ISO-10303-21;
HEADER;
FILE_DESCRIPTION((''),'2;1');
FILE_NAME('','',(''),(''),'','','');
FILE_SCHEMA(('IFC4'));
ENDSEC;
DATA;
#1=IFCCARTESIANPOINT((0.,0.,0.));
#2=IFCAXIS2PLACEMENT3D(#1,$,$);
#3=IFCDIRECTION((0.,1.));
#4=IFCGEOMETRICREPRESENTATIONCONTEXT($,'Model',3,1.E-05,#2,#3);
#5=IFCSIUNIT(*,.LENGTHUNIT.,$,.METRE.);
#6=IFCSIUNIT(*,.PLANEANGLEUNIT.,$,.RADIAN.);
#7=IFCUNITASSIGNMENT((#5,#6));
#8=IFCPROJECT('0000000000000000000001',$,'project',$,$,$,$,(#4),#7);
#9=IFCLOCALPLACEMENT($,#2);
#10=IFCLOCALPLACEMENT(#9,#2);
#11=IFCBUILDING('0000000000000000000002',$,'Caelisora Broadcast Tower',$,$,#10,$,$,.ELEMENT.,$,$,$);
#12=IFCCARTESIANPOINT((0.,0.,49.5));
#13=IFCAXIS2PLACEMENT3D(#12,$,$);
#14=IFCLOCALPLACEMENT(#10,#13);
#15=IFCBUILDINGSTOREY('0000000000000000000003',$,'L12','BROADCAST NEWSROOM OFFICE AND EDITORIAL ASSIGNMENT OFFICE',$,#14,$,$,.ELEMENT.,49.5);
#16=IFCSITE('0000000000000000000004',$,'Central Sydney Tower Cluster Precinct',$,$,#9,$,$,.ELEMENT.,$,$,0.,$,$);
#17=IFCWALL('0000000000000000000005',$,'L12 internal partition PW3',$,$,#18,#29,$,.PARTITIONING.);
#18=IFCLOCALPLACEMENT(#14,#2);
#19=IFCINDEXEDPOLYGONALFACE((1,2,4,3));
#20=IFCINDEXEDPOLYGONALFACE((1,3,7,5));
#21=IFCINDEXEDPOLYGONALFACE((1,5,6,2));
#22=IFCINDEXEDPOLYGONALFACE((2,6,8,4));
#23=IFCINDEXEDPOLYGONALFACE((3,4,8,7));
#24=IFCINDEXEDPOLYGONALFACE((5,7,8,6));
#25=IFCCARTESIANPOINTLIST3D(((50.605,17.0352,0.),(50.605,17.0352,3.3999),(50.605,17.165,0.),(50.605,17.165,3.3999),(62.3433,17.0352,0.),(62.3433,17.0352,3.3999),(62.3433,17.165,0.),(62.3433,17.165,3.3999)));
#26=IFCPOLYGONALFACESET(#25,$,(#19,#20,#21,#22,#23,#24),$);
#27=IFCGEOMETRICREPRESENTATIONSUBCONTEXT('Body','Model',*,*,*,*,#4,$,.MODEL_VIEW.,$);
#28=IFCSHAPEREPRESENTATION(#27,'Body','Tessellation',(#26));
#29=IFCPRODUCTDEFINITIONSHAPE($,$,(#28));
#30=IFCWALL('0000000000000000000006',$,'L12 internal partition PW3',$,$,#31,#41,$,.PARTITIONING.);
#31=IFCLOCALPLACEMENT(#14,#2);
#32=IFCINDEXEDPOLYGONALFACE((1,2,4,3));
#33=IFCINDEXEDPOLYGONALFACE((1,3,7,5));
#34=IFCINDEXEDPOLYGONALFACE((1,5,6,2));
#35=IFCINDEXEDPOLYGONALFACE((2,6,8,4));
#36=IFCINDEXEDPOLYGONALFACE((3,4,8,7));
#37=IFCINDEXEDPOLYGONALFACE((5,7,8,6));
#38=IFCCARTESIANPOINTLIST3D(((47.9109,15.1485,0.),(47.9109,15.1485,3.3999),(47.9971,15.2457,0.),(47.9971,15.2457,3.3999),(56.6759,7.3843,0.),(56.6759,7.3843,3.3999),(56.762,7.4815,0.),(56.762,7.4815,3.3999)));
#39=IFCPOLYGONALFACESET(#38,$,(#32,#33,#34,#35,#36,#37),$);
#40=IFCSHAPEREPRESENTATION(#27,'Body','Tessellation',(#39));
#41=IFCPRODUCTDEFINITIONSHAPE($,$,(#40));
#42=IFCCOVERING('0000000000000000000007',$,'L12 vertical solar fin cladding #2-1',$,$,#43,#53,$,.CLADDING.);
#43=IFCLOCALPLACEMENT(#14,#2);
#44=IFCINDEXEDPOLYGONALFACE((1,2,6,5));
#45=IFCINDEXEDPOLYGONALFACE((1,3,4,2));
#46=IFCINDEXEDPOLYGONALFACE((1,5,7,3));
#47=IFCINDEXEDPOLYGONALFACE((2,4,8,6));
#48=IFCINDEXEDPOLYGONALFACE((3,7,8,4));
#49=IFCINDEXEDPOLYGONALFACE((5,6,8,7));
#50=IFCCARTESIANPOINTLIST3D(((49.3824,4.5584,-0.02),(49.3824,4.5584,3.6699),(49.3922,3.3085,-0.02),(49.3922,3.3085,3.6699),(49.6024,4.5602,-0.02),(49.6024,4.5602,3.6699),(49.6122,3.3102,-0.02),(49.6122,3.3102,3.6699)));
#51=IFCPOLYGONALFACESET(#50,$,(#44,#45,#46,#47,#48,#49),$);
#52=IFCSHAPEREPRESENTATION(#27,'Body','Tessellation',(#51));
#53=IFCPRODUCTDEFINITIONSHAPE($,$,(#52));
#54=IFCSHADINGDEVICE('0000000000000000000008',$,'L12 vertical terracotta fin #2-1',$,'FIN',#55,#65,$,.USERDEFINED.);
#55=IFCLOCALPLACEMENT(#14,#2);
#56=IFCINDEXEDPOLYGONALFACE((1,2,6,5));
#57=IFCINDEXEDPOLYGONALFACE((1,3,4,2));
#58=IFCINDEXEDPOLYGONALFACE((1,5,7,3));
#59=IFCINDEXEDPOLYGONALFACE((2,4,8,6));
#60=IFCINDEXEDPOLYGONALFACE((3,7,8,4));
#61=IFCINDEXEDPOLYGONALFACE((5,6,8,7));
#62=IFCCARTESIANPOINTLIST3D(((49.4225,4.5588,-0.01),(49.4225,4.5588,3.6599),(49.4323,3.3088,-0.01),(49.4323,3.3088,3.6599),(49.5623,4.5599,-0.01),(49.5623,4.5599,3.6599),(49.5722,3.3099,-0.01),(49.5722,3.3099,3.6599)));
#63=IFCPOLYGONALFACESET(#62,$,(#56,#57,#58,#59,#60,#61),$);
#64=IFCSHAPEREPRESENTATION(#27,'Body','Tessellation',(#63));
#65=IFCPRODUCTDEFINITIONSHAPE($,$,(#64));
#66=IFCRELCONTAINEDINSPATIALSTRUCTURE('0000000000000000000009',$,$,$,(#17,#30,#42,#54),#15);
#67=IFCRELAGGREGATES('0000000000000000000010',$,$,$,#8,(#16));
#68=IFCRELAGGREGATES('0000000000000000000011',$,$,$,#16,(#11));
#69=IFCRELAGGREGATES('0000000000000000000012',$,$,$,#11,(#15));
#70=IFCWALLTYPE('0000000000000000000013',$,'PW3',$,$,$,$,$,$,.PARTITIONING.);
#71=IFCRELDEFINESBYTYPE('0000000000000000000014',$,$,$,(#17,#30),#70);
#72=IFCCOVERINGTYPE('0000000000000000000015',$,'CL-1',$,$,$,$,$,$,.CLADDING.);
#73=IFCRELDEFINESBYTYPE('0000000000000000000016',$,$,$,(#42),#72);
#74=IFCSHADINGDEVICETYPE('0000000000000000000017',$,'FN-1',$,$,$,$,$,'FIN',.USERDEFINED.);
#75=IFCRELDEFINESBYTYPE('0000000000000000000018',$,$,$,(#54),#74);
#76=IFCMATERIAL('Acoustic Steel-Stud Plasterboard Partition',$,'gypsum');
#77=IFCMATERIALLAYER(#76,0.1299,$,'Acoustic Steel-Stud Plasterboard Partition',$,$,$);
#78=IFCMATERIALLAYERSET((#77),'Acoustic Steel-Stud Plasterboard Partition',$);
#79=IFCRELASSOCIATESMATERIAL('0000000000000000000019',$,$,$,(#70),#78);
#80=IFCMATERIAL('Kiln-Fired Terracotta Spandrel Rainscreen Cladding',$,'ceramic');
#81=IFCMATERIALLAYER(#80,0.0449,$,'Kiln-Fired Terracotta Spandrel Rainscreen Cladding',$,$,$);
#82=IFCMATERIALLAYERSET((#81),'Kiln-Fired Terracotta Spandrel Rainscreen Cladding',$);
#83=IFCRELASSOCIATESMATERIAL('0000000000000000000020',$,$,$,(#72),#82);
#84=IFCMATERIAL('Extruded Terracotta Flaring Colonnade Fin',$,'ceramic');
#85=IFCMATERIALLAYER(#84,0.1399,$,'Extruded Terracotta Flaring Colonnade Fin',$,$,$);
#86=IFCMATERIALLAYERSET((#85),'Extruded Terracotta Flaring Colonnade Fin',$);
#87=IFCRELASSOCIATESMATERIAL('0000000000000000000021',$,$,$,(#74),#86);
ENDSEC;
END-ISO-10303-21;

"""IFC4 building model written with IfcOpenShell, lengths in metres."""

from ifc_helpers import new_model, si_unit, direction, frame, frame_2d, origin, origin_2d, place, context, subcontext, project, spatial, rectangle, extrude, source, transform, mapped, material, layer, layer_set, type_object, type_shapes, element, save


model = new_model("IFC4")

# Units and contexts
model_context = context("Model", 3, precision=1e-05, world=origin(), true_north=direction((0.0, 1.0)))
body_context = subcontext(model_context, "Body", "Model", "MODEL_VIEW")
ifc_project = project(units=[si_unit("LENGTHUNIT", "METRE"), si_unit("PLANEANGLEUNIT", "RADIAN")], contexts=[model_context])

# Site, building, storey
site_placement = place(None, origin())
site = spatial("IfcSite", under=ifc_project, at=site_placement, Name="Central Sydney Tower Cluster Precinct", CompositionType="ELEMENT", RefElevation=0.0)
building_placement = place(site_placement, origin())
building = spatial("IfcBuilding", under=site, at=building_placement, Name="Caelisora Broadcast Tower", CompositionType="ELEMENT")
storey_placement = place(building_placement, frame((0.0, 0.0, 49.5)))
storey = spatial("IfcBuildingStorey", under=building, at=storey_placement, Name="L12", Description="BROADCAST NEWSROOM OFFICE AND EDITORIAL ASSIGNMENT OFFICE", CompositionType="ELEMENT", Elevation=49.5)

# Shared definitions
ifc_material_1 = material(Name="Acoustic Steel-Stud Plasterboard Partition", Category="gypsum")
ifc_layer_1 = layer(ifc_material_1, 0.1299, Name="Acoustic Steel-Stud Plasterboard Partition")
ifc_layer_set_1 = layer_set([ifc_layer_1], Name="Acoustic Steel-Stud Plasterboard Partition")
wall_type = type_object("IfcWallType", Name="PW3", PredefinedType="PARTITIONING", material=ifc_layer_set_1)

# Walls
wall_1_placement = place(storey_placement, frame((62.3433, 17.1001, 0.0), z_axis=(0.0, 0.0, 1.0), x_axis=(-1.0, 0.0, 0.0)))
element("IfcWall", 1, at=wall_1_placement, inside=storey, type_object=wall_type, Name="L12 internal partition PW3", PredefinedType="PARTITIONING", context=body_context, shape_type="SweptSolid", body=[
    extrude(rectangle(XDim=11.7383, YDim=0.1299, at=frame_2d((5.8691, 0.0))), origin(), (0.0, 0.0, 1.0), 3.3999),
])
wall_2_placement = place(storey_placement, frame((47.9541, 15.197, 0.0), z_axis=(0.0, 0.0, 1.0), x_axis=(0.748547, -0.663082, 0.0)))
element("IfcWall", 2, at=wall_2_placement, inside=storey, type_object=wall_type, Name="L12 internal partition PW3", PredefinedType="PARTITIONING", context=body_context, shape_type="SweptSolid", body=[
    extrude(rectangle(XDim=11.7092, YDim=0.1299, at=frame_2d((5.8545, 0.0))), origin(), (0.0, 0.0, 1.0), 3.3999),
])

# Covering
ifc_material_2 = material(Name="Kiln-Fired Terracotta Spandrel Rainscreen Cladding", Category="ceramic")
ifc_layer_2 = layer(ifc_material_2, 0.0449, Name="Kiln-Fired Terracotta Spandrel Rainscreen Cladding")
ifc_layer_set_2 = layer_set([ifc_layer_2], Name="Kiln-Fired Terracotta Spandrel Rainscreen Cladding")
covering_type = type_object("IfcCoveringType", Name="CL-1", PredefinedType="CLADDING", material=ifc_layer_set_2)
shared_shape_1 = source(origin(), body_context, "Body", "SweptSolid", [
    extrude(rectangle(XDim=0.22, YDim=1.25, at=origin_2d()), origin(), (0.0, 0.0, 1.0), 3.6899),
])
type_shapes(covering_type, [shared_shape_1])
covering_placement = place(storey_placement, frame((49.4973, 3.9343, -0.02), z_axis=(0.0, 0.0, 1.0), x_axis=(-0.999969, -0.007854, 0.0)))
element("IfcCovering", 3, at=covering_placement, inside=storey, type_object=covering_type, Name="L12 vertical solar fin cladding #2-1", PredefinedType="CLADDING", context=body_context, shape_type="MappedRepresentation", body=[
    mapped(shared_shape_1, transform((0.0, 0.0, 0.0), scale=1.0)),
])

# Shading device
ifc_material_3 = material(Name="Extruded Terracotta Flaring Colonnade Fin", Category="ceramic")
ifc_layer_3 = layer(ifc_material_3, 0.1399, Name="Extruded Terracotta Flaring Colonnade Fin")
ifc_layer_set_3 = layer_set([ifc_layer_3], Name="Extruded Terracotta Flaring Colonnade Fin")
shading_device_type = type_object("IfcShadingDeviceType", Name="FN-1", ElementType="FIN", PredefinedType="USERDEFINED", material=ifc_layer_set_3)
shared_shape_2 = source(origin(), body_context, "Body", "SweptSolid", [
    extrude(rectangle(XDim=0.1399, YDim=1.25, at=origin_2d()), origin(), (0.0, 0.0, 1.0), 3.6699),
])
type_shapes(shading_device_type, [shared_shape_2])
shading_device_placement = place(storey_placement, frame((49.4973, 3.9343, -0.01), z_axis=(0.0, 0.0, 1.0), x_axis=(-0.999969, -0.007854, 0.0)))
element("IfcShadingDevice", 4, at=shading_device_placement, inside=storey, type_object=shading_device_type, Name="L12 vertical terracotta fin #2-1", ObjectType="FIN", PredefinedType="USERDEFINED", context=body_context, shape_type="MappedRepresentation", body=[
    mapped(shared_shape_2, transform((0.0, 0.0, 0.0), scale=1.0)),
])

save(model, "model.ifc")
